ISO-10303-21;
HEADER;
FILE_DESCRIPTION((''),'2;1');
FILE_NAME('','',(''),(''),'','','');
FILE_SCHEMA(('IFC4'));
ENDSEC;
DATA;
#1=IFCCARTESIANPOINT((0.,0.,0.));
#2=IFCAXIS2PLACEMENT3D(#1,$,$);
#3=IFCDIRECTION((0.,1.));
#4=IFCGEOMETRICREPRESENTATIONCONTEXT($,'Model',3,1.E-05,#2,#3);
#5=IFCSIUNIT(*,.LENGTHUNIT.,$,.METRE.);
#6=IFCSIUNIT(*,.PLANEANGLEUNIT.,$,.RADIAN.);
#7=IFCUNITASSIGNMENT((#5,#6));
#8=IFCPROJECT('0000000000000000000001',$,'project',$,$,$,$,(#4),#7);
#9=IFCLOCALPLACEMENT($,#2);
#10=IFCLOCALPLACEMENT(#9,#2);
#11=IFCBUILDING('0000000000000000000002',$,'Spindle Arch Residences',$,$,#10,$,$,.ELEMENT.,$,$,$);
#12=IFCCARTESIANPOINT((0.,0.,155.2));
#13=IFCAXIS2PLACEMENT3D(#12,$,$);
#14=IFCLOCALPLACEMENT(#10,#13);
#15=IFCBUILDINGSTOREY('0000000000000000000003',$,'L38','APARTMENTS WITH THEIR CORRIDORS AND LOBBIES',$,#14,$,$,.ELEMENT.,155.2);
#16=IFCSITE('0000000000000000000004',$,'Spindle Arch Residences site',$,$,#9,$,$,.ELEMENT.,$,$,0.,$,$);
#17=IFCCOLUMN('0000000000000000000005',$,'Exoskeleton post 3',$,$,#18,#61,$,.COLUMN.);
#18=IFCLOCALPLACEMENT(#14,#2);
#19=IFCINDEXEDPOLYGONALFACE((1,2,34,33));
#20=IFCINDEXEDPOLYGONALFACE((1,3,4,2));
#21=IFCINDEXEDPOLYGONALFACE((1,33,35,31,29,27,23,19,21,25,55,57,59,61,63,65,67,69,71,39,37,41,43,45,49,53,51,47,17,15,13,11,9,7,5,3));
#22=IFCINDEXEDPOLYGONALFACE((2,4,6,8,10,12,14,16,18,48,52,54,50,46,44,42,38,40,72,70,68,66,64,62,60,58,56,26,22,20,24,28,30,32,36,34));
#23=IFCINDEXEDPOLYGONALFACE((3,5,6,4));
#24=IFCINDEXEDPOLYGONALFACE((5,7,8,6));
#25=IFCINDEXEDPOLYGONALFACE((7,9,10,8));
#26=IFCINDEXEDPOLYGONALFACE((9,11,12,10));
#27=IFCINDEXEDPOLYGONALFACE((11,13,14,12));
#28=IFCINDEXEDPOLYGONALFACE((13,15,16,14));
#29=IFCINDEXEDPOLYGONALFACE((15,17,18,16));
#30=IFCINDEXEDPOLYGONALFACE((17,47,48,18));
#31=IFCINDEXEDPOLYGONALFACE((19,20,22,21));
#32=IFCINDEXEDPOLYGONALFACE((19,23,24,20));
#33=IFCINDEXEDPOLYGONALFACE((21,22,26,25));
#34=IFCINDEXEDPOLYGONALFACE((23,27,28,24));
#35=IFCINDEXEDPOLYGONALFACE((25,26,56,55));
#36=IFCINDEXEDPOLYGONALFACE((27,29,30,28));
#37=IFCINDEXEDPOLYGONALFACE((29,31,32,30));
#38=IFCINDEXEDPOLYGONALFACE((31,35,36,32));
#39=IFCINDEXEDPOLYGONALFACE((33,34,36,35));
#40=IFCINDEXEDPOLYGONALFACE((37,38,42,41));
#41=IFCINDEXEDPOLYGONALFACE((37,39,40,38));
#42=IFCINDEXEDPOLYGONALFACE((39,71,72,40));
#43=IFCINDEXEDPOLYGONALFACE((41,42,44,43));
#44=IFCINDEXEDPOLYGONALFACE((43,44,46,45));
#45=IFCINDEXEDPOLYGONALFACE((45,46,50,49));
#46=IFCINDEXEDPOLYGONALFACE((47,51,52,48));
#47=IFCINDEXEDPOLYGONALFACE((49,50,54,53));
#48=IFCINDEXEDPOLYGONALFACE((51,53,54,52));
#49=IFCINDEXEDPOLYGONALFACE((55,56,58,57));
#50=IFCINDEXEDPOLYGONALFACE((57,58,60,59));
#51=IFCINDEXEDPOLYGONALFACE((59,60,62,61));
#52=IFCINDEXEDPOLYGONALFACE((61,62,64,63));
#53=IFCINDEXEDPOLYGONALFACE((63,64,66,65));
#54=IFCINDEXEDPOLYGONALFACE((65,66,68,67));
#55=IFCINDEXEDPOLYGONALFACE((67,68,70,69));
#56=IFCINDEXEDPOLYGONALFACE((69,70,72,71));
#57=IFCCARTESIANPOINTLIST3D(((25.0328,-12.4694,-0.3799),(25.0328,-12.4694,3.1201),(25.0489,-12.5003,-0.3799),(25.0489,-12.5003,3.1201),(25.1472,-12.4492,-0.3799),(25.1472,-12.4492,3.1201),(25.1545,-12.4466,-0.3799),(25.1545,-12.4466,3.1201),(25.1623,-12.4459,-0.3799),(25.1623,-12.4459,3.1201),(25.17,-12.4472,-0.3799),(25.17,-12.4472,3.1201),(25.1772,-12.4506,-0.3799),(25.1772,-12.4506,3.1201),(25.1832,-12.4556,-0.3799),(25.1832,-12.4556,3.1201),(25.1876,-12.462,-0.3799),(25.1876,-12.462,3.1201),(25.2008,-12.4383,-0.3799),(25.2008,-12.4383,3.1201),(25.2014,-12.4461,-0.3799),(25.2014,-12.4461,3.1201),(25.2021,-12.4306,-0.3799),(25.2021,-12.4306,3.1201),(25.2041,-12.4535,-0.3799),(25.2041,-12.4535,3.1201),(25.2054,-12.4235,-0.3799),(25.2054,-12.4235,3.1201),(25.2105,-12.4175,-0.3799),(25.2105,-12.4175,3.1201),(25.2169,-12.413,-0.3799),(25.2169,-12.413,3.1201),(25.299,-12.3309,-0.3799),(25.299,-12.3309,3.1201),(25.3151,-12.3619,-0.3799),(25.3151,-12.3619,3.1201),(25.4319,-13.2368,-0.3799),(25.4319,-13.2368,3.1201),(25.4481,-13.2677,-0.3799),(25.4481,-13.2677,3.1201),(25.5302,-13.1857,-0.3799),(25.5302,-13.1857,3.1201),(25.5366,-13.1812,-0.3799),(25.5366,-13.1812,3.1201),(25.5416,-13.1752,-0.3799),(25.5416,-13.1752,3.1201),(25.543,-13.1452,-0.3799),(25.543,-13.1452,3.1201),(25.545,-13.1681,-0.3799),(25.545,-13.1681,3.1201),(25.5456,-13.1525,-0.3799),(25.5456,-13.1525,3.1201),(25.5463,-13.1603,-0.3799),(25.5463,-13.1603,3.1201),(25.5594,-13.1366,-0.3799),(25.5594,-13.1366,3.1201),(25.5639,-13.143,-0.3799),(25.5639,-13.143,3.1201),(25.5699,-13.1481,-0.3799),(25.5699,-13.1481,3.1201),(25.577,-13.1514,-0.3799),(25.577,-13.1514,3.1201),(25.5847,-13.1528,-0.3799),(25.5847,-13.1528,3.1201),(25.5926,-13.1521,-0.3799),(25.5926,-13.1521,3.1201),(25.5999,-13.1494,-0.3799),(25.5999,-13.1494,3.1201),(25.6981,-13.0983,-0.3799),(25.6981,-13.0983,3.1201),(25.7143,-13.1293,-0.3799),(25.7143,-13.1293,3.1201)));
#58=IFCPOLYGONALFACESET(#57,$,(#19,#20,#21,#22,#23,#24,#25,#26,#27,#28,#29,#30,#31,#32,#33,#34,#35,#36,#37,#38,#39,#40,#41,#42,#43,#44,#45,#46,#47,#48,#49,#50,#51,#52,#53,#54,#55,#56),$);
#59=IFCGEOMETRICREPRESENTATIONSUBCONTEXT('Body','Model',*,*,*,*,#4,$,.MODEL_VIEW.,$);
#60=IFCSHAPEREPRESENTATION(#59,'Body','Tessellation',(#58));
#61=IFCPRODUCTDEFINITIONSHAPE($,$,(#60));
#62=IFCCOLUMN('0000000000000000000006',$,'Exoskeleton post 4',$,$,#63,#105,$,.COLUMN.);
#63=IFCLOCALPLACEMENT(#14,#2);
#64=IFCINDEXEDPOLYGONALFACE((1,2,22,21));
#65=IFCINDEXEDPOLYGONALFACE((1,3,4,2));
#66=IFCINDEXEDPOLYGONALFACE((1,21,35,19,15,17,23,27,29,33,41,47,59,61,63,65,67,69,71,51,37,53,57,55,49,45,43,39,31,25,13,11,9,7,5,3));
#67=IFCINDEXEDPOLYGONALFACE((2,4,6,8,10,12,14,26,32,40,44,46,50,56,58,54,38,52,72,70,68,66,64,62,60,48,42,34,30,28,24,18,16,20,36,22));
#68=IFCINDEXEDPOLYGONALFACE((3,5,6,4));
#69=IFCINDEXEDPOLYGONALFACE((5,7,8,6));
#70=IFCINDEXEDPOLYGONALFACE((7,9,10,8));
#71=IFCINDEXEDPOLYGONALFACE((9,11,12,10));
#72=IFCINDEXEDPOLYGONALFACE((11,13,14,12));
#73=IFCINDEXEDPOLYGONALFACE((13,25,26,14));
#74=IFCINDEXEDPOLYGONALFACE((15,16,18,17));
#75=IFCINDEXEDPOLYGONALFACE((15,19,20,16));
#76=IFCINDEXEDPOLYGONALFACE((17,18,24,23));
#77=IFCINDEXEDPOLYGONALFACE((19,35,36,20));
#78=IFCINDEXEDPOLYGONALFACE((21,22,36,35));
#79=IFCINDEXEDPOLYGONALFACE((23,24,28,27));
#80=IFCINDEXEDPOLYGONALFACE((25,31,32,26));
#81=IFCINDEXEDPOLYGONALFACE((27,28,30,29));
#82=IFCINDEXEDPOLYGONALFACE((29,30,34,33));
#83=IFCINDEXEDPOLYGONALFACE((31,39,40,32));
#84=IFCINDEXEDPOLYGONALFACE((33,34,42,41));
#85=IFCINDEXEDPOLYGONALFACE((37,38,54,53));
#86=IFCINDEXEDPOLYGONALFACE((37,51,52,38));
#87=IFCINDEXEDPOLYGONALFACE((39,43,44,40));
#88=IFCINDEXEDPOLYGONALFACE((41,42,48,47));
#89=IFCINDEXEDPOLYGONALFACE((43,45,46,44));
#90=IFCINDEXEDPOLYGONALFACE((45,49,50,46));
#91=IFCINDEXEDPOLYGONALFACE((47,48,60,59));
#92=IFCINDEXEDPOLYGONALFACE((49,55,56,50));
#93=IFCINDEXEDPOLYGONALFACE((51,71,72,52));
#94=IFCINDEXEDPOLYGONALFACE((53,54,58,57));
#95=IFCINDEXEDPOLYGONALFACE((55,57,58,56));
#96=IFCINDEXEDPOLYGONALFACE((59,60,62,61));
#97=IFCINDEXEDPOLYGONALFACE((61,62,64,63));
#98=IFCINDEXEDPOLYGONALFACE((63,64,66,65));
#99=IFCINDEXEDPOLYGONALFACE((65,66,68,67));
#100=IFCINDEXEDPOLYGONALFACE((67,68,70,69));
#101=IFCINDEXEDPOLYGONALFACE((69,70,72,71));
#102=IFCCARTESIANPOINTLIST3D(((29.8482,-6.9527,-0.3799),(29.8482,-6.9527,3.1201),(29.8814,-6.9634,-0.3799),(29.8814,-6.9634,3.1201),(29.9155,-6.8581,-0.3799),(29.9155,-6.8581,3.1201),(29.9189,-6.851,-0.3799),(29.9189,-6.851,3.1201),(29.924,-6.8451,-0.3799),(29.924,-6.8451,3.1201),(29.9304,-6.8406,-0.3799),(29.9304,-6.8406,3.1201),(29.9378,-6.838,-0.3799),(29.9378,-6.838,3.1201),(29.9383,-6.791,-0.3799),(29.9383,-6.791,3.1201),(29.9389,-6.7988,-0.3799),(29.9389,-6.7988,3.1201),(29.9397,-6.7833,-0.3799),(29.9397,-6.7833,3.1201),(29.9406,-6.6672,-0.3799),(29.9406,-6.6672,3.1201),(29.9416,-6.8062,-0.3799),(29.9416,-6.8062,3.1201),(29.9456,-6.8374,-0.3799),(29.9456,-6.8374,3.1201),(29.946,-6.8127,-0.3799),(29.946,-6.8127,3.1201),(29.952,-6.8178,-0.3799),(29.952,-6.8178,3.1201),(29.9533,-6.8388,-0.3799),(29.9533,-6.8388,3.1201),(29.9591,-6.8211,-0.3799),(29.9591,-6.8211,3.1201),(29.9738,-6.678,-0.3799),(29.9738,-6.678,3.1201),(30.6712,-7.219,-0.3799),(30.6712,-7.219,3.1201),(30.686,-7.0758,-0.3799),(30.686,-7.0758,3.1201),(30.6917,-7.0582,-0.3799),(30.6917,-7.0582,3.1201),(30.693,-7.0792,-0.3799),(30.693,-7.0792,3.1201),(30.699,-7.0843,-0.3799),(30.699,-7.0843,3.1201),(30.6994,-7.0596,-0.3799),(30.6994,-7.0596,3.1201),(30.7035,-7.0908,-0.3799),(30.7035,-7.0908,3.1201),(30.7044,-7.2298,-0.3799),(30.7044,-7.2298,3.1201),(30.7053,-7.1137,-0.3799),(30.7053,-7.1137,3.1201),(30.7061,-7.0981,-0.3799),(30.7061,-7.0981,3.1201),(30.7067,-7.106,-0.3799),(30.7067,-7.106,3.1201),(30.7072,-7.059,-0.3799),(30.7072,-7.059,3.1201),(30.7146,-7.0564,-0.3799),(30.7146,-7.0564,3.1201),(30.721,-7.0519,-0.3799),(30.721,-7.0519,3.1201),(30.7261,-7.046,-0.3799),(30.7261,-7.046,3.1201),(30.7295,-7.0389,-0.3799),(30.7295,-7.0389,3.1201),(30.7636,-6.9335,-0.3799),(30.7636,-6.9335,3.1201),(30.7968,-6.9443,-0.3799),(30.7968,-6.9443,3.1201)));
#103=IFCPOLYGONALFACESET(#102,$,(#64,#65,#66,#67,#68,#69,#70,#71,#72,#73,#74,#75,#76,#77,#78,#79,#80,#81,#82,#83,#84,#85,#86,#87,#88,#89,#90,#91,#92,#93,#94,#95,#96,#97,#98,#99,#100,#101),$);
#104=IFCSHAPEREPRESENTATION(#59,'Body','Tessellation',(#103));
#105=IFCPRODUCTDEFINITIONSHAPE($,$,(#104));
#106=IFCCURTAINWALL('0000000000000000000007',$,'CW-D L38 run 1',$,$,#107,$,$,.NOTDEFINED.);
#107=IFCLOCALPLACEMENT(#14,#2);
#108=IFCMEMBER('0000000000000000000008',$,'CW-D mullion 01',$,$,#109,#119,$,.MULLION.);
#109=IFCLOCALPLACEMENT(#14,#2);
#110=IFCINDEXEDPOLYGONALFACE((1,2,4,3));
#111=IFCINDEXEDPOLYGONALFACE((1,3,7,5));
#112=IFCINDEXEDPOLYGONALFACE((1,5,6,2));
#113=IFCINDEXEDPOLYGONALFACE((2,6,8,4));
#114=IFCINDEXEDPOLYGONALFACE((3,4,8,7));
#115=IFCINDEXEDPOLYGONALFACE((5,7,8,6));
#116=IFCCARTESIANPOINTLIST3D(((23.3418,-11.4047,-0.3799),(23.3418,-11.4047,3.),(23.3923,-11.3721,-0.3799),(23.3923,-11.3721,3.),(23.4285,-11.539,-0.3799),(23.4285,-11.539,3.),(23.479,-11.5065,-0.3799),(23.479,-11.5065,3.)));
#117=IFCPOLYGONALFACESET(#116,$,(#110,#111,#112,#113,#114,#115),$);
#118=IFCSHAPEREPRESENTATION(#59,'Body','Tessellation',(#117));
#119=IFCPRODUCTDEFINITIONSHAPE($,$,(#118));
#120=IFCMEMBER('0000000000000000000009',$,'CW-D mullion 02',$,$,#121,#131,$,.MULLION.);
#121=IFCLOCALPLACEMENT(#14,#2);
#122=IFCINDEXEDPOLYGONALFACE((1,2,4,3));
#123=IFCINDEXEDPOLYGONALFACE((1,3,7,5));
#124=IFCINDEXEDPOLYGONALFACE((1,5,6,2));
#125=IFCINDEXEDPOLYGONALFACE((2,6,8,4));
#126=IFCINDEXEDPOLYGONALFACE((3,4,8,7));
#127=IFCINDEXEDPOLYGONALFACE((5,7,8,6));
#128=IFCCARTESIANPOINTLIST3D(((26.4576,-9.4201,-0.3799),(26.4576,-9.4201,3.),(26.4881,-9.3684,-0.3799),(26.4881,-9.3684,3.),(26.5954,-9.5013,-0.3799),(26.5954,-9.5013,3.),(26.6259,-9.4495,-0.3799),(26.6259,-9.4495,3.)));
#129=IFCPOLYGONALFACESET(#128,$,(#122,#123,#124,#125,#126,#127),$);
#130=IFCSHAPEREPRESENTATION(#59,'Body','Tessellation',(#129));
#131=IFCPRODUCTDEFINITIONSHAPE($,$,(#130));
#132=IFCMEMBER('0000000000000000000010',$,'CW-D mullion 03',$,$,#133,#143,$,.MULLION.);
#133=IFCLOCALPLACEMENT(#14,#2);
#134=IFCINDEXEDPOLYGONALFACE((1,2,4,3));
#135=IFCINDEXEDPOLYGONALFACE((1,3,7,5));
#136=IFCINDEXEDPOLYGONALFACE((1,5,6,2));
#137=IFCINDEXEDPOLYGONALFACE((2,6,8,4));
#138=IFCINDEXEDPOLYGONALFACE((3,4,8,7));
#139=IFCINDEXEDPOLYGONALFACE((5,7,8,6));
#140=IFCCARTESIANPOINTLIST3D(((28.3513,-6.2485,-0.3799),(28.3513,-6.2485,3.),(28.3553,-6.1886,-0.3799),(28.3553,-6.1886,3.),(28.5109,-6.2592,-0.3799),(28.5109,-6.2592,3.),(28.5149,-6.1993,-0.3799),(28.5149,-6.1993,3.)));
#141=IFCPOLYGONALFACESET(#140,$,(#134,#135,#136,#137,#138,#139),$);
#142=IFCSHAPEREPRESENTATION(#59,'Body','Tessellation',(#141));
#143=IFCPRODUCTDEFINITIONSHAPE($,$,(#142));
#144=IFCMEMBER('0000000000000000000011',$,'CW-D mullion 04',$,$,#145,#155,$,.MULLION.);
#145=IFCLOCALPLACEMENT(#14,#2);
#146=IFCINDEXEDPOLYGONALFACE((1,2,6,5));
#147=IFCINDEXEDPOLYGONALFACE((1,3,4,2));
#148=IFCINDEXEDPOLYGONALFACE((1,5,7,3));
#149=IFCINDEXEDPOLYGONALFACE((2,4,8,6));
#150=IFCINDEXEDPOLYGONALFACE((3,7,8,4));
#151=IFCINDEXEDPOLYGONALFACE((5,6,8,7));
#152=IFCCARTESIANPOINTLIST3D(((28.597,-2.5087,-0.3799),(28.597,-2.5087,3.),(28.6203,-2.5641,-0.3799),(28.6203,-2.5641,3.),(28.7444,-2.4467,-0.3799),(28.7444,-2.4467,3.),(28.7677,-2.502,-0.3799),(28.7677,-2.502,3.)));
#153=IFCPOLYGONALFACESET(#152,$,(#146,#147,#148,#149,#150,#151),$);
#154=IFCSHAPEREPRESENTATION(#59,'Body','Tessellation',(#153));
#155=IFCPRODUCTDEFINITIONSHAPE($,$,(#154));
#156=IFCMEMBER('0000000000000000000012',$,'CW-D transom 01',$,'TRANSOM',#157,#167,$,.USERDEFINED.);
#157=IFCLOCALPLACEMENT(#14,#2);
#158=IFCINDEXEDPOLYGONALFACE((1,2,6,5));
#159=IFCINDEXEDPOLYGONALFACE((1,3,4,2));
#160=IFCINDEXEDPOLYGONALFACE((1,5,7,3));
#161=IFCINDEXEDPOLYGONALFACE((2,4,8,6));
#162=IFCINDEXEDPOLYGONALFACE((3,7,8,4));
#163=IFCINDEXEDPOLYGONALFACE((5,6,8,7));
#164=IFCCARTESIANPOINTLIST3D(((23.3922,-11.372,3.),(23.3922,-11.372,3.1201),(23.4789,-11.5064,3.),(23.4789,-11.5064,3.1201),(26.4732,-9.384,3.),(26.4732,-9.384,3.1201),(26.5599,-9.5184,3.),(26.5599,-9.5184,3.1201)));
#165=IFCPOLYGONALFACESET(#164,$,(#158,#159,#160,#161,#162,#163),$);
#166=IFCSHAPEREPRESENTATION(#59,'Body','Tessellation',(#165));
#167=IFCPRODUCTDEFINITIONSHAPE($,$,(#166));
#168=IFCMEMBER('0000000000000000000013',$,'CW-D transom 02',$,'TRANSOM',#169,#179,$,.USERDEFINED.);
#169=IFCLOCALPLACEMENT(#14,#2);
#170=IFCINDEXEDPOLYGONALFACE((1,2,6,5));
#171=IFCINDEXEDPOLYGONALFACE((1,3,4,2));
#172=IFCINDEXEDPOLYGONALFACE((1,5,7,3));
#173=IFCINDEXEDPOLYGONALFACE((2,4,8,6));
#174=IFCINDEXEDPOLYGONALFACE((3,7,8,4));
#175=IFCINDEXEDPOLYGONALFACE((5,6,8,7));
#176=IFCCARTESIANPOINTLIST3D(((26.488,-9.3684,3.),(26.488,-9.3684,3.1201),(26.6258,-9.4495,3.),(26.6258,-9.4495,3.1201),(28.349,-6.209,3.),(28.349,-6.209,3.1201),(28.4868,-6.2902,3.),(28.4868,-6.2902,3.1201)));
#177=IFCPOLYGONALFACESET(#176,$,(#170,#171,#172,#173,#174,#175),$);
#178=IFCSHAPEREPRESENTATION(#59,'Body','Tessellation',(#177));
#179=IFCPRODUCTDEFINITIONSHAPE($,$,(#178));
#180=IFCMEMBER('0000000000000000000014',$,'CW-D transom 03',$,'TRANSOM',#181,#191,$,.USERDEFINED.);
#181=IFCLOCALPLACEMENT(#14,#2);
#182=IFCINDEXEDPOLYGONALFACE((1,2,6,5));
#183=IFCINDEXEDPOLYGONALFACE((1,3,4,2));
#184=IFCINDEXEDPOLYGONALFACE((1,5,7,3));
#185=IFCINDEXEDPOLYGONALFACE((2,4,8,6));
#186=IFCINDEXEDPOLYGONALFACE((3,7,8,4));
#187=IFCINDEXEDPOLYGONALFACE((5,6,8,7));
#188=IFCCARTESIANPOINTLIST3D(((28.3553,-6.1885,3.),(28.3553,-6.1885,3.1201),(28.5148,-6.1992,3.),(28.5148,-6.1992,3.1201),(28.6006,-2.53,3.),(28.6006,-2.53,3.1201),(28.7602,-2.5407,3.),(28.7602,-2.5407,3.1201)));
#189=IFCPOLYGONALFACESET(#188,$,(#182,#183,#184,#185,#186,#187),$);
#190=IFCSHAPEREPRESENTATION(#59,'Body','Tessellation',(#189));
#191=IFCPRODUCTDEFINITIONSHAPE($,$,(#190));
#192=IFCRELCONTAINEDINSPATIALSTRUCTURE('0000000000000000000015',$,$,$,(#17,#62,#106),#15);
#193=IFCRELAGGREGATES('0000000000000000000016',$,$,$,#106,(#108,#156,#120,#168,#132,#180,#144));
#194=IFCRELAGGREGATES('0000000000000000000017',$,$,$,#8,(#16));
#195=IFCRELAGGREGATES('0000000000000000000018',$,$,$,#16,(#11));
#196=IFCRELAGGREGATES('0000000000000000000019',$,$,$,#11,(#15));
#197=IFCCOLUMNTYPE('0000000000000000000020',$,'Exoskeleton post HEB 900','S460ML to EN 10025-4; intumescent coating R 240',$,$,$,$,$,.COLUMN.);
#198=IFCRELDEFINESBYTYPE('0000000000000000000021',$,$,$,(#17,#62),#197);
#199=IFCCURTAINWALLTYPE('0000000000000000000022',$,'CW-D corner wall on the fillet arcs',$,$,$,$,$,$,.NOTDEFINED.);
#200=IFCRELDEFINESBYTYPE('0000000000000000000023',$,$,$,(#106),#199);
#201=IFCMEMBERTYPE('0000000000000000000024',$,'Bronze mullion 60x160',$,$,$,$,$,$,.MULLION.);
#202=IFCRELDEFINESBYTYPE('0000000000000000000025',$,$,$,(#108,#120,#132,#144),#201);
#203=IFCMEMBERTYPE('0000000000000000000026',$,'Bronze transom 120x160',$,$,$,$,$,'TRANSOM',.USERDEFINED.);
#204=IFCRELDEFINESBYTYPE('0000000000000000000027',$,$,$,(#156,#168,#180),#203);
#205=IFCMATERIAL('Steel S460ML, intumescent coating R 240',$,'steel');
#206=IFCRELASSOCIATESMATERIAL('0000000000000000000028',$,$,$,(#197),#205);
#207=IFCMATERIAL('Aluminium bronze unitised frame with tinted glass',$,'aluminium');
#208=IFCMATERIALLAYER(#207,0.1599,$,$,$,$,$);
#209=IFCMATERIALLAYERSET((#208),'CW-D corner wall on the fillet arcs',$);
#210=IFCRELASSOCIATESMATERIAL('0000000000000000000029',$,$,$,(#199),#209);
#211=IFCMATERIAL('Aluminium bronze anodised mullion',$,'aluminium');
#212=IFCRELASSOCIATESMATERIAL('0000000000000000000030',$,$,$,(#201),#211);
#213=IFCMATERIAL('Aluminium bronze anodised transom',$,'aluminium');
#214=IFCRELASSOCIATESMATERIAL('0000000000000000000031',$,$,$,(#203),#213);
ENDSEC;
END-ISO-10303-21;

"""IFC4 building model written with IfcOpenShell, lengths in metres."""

from ifc_helpers import new_model, si_unit, direction, frame, origin, origin_2d, place, context, subcontext, project, spatial, rectangle, i_section, extrude, material, layer, layer_set, material_profile, profile_set, type_object, element, aggregate, save


model = new_model("IFC4")

# Units and contexts
model_context = context("Model", 3, precision=1e-05, world=origin(), true_north=direction((0.0, 1.0)))
body_context = subcontext(model_context, "Body", "Model", "MODEL_VIEW")
ifc_project = project(units=[si_unit("LENGTHUNIT", "METRE"), si_unit("PLANEANGLEUNIT", "RADIAN")], contexts=[model_context])

# Site, building, storey
site_placement = place(None, origin())
site = spatial("IfcSite", under=ifc_project, at=site_placement, Name="Spindle Arch Residences site", CompositionType="ELEMENT", RefElevation=0.0)
building_placement = place(site_placement, origin())
building = spatial("IfcBuilding", under=site, at=building_placement, Name="Spindle Arch Residences", CompositionType="ELEMENT")
storey_placement = place(building_placement, frame((0.0, 0.0, 155.2)))
storey = spatial("IfcBuildingStorey", under=building, at=storey_placement, Name="L38", Description="APARTMENTS WITH THEIR CORRIDORS AND LOBBIES", CompositionType="ELEMENT", Elevation=155.2)

# Columns
ifc_material_1 = material(Name="Steel S460ML, intumescent coating R 240", Category="steel")
ifc_material_profile_1 = material_profile(ifc_material_1, i_section(OverallWidth=0.3, OverallDepth=0.8999, WebThickness=0.0186, FlangeThickness=0.0349, FilletRadius=0.03, at=origin_2d()), Name="HEB 900")
ifc_profile_set_1 = profile_set([ifc_material_profile_1], Name="Steel S460ML, intumescent coating R 240")
column_type = type_object("IfcColumnType", Name="Exoskeleton post HEB 900", Description="S460ML to EN 10025-4; intumescent coating R 240", PredefinedType="COLUMN", material=ifc_profile_set_1)
for number, where, z_axis, x_axis, name in (
    (1, (25.3735, -12.7993, -0.3799), (0.0, 0.0, 1.0), (-0.887176, -0.46143, 0.0), "Exoskeleton post 3"),
    (2, (30.3225, -6.9485, -0.3799), (0.0, 0.0, 1.0), (-0.30788, -0.951425, 0.0), "Exoskeleton post 4"),
):
    element("IfcColumn", number, at=place(storey_placement, frame(where, z_axis=z_axis, x_axis=x_axis)), inside=storey, type_object=column_type, Name=name, PredefinedType="COLUMN", context=body_context, shape_type="SweptSolid", body=[
        extrude(i_section(OverallWidth=0.3, OverallDepth=0.8999, WebThickness=0.0186, FlangeThickness=0.0349, FilletRadius=0.03, at=origin_2d()), origin(), (0.0, 0.0, 1.0), 3.5),
    ])

# Curtain wall, members
ifc_material_2 = material(Name="Aluminium bronze unitised frame with tinted glass", Category="aluminium")
ifc_layer_1 = layer(ifc_material_2, 0.1599)
ifc_layer_set_1 = layer_set([ifc_layer_1], Name="CW-D corner wall on the fillet arcs")
curtain_wall_type = type_object("IfcCurtainWallType", Name="CW-D corner wall on the fillet arcs", PredefinedType="NOTDEFINED", material=ifc_layer_set_1)
curtain_wall_placement = place(storey_placement, origin())
curtain_wall = element("IfcCurtainWall", 3, at=curtain_wall_placement, inside=storey, type_object=curtain_wall_type, Name="CW-D L38 run 1", PredefinedType="NOTDEFINED")
ifc_material_3 = material(Name="Aluminium bronze anodised mullion", Category="aluminium")
ifc_material_profile_2 = material_profile(ifc_material_3, rectangle(XDim=0.1599, YDim=0.0601, at=origin_2d()), Name="MU 60x160")
ifc_profile_set_2 = profile_set([ifc_material_profile_2], Name="Aluminium bronze anodised mullion")
member_type_1 = type_object("IfcMemberType", Name="Bronze mullion 60x160", PredefinedType="MULLION", material=ifc_profile_set_2)
member_1_placement = place(storey_placement, frame((23.4104, -11.4556, -0.3799), z_axis=(0.0, 0.0, 1.0), x_axis=(-0.542197, 0.840251, 0.0)))
member_1 = element("IfcMember", 4, at=member_1_placement, type_object=member_type_1, Name="CW-D mullion 01", PredefinedType="MULLION", context=body_context, shape_type="SweptSolid", body=[
    extrude(rectangle(XDim=0.1599, YDim=0.0601, at=origin_2d()), origin(), (0.0, 0.0, 1.0), 3.3799),
])
member_2_placement = place(storey_placement, frame((26.5417, -9.4348, -0.3799), z_axis=(0.0, 0.0, 1.0), x_axis=(-0.861629, 0.507538, 0.0)))
member_2 = element("IfcMember", 5, at=member_2_placement, type_object=member_type_1, Name="CW-D mullion 02", PredefinedType="MULLION", context=body_context, shape_type="SweptSolid", body=[
    extrude(rectangle(XDim=0.1599, YDim=0.0601, at=origin_2d()), origin(), (0.0, 0.0, 1.0), 3.3799),
])
member_3_placement = place(storey_placement, frame((28.4331, -6.2239, -0.3799), z_axis=(0.0, 0.0, 1.0), x_axis=(-0.997763, 0.066854, 0.0)))
member_3 = element("IfcMember", 6, at=member_3_placement, type_object=member_type_1, Name="CW-D mullion 03", PredefinedType="MULLION", context=body_context, shape_type="SweptSolid", body=[
    extrude(rectangle(XDim=0.1599, YDim=0.0601, at=origin_2d()), origin(), (0.0, 0.0, 1.0), 3.3799),
])
member_4_placement = place(storey_placement, frame((28.6824, -2.5054, -0.3799), z_axis=(0.0, 0.0, 1.0), x_axis=(-0.921638, -0.388052, 0.0)))
member_4 = element("IfcMember", 7, at=member_4_placement, type_object=member_type_1, Name="CW-D mullion 04", PredefinedType="MULLION", context=body_context, shape_type="SweptSolid", body=[
    extrude(rectangle(XDim=0.1599, YDim=0.0601, at=origin_2d()), origin(), (0.0, 0.0, 1.0), 3.3799),
])
ifc_material_4 = material(Name="Aluminium bronze anodised transom", Category="aluminium")
ifc_material_profile_3 = material_profile(ifc_material_4, rectangle(XDim=0.1599, YDim=0.1201, at=origin_2d()), Name="TR 120x160")
ifc_profile_set_3 = profile_set([ifc_material_profile_3], Name="Aluminium bronze anodised transom")
member_type_2 = type_object("IfcMemberType", Name="Bronze transom 120x160", ElementType="TRANSOM", PredefinedType="USERDEFINED", material=ifc_profile_set_3)
member_5_placement = place(storey_placement, frame((23.4355, -11.4392, 3.0601), z_axis=(0.840264, 0.542177, 0.0), x_axis=(-0.542177, 0.840264, 0.0)))
member_5 = element("IfcMember", 8, at=member_5_placement, type_object=member_type_2, Name="CW-D transom 01", ObjectType="TRANSOM", PredefinedType="USERDEFINED", context=body_context, shape_type="SweptSolid", body=[
    extrude(rectangle(XDim=0.1599, YDim=0.1201, at=origin_2d()), origin(), (0.0, 0.0, 1.0), 3.6667),
])
member_6_placement = place(storey_placement, frame((26.5569, -9.4089, 3.0601), z_axis=(0.507547, 0.861624, 0.0), x_axis=(-0.861624, 0.507547, 0.0)))
member_6 = element("IfcMember", 9, at=member_6_placement, type_object=member_type_2, Name="CW-D transom 02", ObjectType="TRANSOM", PredefinedType="USERDEFINED", context=body_context, shape_type="SweptSolid", body=[
    extrude(rectangle(XDim=0.1599, YDim=0.1201, at=origin_2d()), origin(), (0.0, 0.0, 1.0), 3.6667),
])
member_7_placement = place(storey_placement, frame((28.4351, -6.1938, 3.0601), z_axis=(0.066917, 0.997759, 0.0), x_axis=(-0.997759, 0.066917, 0.0)))
member_7 = element("IfcMember", 10, at=member_7_placement, type_object=member_type_2, Name="CW-D transom 03", ObjectType="TRANSOM", PredefinedType="USERDEFINED", context=body_context, shape_type="SweptSolid", body=[
    extrude(rectangle(XDim=0.1599, YDim=0.1201, at=origin_2d()), origin(), (0.0, 0.0, 1.0), 3.6667),
])

aggregate(curtain_wall, [member_1, member_5, member_2, member_6, member_3, member_7, member_4])

save(model, "model.ifc")
